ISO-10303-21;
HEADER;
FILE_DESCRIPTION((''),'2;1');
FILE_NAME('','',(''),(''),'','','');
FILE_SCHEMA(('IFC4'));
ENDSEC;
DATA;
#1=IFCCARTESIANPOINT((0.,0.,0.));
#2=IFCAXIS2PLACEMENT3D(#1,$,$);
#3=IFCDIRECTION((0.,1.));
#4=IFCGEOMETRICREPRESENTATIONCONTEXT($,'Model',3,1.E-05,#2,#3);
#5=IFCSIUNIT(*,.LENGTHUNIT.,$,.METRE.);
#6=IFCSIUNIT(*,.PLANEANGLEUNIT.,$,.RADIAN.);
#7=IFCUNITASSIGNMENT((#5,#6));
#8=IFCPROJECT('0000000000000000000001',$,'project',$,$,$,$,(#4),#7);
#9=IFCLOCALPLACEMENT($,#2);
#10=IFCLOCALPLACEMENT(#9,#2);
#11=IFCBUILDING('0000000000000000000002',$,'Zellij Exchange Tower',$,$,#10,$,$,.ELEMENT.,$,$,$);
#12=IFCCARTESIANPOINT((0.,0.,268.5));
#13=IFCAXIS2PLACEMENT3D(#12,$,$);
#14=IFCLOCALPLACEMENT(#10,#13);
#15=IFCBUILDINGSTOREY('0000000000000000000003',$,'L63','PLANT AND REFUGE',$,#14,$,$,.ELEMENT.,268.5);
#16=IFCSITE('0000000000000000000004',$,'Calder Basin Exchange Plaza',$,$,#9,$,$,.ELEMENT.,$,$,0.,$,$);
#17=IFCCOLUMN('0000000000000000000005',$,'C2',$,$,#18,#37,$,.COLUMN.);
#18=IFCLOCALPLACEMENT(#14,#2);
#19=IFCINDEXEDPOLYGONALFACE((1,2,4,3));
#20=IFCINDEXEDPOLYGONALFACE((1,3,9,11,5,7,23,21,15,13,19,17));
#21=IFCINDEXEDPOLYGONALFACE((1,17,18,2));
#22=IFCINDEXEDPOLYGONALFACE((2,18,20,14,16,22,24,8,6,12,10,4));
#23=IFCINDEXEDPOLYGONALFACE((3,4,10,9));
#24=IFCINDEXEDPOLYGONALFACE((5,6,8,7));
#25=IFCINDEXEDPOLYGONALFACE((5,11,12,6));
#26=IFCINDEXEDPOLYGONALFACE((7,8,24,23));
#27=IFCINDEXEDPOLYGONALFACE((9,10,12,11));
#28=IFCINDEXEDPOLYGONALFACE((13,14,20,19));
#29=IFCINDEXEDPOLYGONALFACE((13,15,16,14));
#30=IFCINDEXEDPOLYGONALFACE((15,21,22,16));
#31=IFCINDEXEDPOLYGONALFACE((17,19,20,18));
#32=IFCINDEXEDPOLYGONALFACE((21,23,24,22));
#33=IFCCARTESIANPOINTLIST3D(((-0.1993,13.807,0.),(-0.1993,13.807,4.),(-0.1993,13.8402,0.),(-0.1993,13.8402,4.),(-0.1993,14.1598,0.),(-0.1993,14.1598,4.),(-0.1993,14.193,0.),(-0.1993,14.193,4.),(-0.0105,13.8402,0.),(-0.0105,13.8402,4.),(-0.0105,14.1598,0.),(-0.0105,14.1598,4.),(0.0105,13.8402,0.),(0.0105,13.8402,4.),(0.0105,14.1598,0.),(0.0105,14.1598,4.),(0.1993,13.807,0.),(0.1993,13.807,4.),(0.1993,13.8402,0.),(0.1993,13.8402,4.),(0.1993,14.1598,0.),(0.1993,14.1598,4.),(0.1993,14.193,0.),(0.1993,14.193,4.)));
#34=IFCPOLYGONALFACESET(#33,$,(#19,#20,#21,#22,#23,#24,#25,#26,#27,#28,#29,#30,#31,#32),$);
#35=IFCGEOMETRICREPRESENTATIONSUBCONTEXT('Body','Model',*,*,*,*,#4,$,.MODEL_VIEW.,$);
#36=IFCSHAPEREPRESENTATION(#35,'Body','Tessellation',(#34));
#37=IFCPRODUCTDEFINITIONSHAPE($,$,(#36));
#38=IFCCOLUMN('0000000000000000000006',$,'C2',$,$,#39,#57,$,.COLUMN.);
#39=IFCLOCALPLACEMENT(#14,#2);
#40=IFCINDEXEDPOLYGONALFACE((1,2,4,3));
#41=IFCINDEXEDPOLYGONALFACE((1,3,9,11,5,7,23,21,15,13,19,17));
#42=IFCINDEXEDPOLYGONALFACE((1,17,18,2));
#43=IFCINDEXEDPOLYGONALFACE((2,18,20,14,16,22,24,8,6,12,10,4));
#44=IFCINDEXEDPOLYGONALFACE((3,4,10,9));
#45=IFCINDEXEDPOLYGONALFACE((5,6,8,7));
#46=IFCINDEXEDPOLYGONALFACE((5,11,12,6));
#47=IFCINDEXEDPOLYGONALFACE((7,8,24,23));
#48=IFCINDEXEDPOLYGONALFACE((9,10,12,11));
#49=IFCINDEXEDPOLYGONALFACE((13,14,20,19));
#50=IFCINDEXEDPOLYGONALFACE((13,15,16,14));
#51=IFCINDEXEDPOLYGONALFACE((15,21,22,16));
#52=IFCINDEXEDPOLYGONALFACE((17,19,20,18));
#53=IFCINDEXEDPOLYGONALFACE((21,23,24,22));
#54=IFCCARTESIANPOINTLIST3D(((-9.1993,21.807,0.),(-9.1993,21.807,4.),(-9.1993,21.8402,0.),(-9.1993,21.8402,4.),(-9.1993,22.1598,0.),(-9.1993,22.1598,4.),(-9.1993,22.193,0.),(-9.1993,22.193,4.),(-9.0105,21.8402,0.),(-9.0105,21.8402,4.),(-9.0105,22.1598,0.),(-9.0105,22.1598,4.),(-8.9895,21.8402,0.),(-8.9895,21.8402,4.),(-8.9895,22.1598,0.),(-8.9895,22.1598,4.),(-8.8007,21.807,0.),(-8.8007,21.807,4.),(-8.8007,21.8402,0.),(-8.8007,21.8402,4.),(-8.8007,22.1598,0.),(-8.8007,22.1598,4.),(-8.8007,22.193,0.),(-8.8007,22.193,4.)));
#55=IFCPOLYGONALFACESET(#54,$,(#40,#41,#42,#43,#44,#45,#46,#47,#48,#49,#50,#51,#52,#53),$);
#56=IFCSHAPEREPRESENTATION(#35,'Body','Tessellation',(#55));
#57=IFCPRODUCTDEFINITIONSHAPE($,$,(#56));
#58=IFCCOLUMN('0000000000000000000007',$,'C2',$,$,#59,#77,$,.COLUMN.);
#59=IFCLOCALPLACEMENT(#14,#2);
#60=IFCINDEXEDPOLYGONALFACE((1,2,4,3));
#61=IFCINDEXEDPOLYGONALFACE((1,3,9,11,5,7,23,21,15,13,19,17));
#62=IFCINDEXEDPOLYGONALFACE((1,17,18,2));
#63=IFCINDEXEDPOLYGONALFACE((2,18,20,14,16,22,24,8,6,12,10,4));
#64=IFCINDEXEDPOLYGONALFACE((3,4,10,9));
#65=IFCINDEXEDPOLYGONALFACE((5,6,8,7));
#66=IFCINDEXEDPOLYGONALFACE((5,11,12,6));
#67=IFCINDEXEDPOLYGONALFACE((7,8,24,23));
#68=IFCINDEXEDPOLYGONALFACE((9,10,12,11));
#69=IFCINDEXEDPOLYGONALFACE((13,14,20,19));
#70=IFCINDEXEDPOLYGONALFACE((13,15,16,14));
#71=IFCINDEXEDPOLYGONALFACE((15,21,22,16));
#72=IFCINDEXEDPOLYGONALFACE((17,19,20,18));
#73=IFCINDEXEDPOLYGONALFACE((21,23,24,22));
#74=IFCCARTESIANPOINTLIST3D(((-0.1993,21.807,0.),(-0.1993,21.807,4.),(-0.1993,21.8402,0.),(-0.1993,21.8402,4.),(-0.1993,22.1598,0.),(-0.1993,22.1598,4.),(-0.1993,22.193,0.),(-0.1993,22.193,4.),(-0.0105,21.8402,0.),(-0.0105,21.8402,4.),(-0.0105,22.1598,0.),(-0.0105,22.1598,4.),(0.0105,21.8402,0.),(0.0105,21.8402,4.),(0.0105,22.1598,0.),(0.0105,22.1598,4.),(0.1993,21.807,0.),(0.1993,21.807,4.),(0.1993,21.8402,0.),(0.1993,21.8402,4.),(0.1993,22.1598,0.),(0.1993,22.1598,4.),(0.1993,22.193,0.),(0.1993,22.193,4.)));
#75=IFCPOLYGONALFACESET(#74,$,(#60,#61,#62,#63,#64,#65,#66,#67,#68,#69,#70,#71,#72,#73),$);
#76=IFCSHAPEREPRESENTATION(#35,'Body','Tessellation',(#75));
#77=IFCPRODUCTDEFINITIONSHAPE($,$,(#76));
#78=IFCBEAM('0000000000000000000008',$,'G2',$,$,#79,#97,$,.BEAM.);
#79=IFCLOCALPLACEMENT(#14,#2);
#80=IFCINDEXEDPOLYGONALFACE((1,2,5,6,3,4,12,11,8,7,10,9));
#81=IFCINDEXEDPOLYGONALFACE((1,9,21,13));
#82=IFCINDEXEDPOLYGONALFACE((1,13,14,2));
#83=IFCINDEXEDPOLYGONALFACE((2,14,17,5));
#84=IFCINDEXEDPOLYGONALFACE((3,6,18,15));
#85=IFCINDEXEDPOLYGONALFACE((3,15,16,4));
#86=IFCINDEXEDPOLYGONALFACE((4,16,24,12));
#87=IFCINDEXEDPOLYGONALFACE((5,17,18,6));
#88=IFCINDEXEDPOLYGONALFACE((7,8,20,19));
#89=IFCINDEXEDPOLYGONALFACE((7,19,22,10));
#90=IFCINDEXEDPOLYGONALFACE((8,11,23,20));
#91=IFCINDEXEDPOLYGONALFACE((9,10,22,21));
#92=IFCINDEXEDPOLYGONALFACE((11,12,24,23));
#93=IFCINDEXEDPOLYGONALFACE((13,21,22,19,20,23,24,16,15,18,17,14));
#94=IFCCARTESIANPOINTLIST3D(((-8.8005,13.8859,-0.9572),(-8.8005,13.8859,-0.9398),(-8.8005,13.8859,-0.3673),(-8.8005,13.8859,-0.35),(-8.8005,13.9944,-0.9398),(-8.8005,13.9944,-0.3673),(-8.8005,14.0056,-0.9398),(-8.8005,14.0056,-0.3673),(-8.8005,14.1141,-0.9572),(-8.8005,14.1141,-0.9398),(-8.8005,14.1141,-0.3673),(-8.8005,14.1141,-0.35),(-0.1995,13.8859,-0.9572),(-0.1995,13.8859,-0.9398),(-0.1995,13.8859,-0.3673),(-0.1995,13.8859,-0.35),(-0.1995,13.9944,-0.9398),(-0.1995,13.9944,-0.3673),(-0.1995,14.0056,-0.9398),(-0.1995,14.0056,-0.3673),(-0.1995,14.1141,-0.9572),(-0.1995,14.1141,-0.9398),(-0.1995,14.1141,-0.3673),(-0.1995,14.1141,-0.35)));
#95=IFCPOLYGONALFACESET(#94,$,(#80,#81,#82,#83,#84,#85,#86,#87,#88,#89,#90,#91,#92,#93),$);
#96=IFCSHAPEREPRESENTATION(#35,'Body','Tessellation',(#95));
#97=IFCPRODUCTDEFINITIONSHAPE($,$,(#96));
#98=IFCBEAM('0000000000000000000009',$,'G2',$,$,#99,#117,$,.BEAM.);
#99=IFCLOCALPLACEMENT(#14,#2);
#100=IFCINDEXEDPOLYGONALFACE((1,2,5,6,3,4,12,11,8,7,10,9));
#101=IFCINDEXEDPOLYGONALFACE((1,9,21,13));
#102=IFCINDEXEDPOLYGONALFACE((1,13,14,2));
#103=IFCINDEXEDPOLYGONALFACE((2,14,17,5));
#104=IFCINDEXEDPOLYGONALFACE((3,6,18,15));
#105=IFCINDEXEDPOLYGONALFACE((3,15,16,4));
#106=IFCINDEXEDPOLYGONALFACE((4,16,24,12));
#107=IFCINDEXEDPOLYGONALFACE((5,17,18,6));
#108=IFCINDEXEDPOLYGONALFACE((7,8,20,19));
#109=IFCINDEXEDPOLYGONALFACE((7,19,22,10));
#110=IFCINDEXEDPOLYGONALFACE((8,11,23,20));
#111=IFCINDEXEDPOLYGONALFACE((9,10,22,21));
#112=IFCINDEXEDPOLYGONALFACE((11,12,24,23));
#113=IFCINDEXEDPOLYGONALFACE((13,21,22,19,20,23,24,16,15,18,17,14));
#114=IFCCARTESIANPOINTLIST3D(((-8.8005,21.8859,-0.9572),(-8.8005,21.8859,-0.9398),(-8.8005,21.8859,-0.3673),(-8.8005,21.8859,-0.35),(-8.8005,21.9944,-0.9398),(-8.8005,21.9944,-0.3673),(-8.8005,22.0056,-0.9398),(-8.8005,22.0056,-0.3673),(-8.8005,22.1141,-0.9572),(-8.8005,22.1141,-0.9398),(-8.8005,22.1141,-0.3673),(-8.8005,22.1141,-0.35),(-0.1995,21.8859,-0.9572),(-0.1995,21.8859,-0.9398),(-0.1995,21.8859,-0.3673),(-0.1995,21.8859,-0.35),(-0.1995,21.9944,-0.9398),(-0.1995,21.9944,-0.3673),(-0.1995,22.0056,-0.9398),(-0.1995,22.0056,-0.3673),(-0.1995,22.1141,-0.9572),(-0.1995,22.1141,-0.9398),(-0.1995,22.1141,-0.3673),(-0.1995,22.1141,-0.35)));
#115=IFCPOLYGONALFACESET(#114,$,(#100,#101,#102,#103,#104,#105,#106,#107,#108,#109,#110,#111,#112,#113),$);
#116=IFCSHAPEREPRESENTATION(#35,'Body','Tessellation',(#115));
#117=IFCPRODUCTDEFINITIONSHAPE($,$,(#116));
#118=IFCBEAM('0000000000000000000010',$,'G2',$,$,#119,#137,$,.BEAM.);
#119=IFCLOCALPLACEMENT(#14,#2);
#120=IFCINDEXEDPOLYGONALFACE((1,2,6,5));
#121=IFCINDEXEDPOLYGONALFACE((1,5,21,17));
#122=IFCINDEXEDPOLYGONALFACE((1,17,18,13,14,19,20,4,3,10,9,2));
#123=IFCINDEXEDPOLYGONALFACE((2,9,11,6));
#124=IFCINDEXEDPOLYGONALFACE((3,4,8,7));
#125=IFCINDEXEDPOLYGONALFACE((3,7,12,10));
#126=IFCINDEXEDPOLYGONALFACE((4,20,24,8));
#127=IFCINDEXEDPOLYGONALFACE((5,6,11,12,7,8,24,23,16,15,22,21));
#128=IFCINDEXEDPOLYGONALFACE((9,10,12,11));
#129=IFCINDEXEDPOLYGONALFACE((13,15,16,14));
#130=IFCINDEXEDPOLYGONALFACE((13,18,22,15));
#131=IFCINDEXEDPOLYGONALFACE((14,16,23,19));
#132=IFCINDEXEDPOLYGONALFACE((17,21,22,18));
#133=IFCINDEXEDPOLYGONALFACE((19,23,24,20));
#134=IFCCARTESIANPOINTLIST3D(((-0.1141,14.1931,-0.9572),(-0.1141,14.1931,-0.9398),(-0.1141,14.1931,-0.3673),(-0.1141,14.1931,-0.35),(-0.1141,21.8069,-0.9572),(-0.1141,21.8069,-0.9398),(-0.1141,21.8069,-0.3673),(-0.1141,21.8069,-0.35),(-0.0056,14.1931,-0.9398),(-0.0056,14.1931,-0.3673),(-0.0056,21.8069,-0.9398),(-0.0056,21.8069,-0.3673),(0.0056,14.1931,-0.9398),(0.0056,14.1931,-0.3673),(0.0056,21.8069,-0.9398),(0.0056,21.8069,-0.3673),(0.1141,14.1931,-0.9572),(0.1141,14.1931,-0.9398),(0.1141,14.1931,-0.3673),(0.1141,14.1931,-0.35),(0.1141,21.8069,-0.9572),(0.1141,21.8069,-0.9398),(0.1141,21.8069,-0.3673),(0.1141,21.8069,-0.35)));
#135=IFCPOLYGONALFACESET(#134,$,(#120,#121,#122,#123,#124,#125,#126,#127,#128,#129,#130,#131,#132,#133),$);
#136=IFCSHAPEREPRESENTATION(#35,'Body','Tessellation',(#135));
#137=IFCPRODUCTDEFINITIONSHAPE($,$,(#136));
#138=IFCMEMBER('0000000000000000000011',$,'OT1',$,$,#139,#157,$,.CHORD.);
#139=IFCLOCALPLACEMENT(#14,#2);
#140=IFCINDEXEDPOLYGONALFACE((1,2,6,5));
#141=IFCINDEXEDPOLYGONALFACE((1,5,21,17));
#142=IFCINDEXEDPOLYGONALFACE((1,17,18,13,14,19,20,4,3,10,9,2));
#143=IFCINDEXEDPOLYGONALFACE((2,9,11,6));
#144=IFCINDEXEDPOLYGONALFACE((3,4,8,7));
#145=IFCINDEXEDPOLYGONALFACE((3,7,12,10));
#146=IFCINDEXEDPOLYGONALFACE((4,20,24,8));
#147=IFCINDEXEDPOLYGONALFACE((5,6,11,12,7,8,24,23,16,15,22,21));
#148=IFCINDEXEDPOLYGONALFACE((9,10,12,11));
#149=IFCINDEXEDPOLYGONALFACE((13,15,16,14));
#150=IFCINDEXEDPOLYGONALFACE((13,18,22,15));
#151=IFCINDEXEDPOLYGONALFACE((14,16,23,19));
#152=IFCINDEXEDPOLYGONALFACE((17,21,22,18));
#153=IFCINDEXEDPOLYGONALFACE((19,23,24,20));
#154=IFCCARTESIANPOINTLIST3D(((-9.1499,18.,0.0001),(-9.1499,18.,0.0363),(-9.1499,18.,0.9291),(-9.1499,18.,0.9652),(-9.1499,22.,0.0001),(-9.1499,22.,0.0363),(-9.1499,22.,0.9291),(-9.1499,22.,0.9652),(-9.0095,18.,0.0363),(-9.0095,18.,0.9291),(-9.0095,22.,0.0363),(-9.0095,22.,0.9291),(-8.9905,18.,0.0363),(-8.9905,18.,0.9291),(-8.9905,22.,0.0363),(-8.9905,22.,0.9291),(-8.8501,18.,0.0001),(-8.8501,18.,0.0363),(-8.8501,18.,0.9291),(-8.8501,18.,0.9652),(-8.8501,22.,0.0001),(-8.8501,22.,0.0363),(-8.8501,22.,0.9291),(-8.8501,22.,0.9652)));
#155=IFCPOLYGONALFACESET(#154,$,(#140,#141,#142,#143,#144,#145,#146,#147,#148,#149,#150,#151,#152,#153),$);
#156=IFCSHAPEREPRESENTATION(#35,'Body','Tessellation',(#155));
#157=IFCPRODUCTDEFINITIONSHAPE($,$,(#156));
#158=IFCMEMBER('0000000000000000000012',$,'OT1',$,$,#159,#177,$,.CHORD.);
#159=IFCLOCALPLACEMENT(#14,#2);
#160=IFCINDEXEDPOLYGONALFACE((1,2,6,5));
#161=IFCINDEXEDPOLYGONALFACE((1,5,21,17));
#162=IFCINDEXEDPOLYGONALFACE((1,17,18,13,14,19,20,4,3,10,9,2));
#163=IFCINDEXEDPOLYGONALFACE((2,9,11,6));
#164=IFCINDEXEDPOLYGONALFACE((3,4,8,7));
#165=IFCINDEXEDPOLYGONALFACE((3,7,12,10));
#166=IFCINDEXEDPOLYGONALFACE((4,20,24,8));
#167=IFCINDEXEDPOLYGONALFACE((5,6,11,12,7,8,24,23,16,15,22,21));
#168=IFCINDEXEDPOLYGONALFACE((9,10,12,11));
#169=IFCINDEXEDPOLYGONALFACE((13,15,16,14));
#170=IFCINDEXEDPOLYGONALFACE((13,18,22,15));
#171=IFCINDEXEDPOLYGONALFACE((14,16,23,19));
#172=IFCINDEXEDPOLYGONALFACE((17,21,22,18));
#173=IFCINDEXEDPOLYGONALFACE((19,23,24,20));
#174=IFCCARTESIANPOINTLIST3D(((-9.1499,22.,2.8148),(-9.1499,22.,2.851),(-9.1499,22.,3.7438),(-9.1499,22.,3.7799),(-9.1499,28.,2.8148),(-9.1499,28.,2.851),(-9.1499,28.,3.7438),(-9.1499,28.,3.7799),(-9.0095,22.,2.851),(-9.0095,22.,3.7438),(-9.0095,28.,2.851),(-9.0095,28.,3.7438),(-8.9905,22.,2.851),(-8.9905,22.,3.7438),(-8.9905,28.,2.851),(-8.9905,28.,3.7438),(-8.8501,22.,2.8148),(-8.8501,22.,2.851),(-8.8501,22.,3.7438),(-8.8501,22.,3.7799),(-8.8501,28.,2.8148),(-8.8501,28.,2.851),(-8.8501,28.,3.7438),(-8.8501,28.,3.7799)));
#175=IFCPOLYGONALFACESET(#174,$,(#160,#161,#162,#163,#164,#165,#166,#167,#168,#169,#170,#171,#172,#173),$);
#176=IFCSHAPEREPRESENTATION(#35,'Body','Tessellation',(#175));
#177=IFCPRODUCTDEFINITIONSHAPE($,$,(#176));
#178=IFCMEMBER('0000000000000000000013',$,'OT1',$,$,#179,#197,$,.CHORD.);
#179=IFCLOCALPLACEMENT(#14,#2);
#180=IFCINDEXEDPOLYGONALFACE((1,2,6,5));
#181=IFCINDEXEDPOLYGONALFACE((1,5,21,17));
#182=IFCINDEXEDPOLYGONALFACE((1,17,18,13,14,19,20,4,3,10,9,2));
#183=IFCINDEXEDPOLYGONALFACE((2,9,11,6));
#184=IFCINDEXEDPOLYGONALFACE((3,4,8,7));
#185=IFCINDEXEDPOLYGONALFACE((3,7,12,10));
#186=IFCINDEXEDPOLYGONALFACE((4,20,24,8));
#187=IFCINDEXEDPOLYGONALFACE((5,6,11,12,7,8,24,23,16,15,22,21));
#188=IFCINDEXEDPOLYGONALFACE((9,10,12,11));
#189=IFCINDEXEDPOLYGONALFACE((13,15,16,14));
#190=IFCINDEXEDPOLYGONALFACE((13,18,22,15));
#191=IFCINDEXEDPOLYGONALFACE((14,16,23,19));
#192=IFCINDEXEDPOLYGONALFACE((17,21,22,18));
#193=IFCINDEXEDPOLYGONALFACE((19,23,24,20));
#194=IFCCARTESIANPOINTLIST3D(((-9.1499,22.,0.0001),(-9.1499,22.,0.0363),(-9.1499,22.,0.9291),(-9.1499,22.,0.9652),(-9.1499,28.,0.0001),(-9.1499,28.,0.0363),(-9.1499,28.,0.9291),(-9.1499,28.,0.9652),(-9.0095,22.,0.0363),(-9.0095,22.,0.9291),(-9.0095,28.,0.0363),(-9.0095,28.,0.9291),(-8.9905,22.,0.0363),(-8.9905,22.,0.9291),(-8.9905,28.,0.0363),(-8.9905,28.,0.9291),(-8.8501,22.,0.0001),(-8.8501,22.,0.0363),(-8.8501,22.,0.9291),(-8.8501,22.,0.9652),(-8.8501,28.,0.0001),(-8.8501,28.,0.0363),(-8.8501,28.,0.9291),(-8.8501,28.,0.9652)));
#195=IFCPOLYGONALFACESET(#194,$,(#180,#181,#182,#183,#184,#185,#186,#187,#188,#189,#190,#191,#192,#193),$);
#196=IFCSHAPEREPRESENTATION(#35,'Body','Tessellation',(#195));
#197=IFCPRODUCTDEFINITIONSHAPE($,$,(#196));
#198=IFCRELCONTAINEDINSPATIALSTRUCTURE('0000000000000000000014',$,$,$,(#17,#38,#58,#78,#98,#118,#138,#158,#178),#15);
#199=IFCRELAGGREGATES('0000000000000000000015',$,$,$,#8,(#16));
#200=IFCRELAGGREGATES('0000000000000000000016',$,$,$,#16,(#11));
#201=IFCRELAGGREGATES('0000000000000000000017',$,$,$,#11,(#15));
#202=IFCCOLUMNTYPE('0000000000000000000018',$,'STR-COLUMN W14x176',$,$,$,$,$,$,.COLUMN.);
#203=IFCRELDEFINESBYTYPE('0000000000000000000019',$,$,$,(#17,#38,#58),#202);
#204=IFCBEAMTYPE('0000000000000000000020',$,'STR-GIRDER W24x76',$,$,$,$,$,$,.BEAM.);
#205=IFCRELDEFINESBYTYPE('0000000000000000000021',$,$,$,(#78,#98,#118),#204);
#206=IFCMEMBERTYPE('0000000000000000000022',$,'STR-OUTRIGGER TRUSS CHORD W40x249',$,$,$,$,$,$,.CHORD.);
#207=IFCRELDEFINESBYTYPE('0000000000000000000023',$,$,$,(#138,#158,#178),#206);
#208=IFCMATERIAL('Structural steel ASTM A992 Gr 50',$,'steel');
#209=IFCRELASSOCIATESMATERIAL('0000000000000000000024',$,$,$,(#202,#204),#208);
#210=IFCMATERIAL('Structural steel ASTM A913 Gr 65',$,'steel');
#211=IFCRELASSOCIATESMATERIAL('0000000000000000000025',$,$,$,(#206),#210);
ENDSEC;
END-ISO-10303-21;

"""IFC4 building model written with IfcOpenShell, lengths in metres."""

from ifc_helpers import new_model, si_unit, direction, frame, origin, origin_2d, place, context, subcontext, project, spatial, i_section, extrude, material, material_profile, profile_set, type_object, element, save


model = new_model("IFC4")

# Units and contexts
model_context = context("Model", 3, precision=1e-05, world=origin(), true_north=direction((0.0, 1.0)))
body_context = subcontext(model_context, "Body", "Model", "MODEL_VIEW")
ifc_project = project(units=[si_unit("LENGTHUNIT", "METRE"), si_unit("PLANEANGLEUNIT", "RADIAN")], contexts=[model_context])

# Site, building, storey
site_placement = place(None, origin())
site = spatial("IfcSite", under=ifc_project, at=site_placement, Name="Calder Basin Exchange Plaza", CompositionType="ELEMENT", RefElevation=0.0)
building_placement = place(site_placement, origin())
building = spatial("IfcBuilding", under=site, at=building_placement, Name="Zellij Exchange Tower", CompositionType="ELEMENT")
storey_placement = place(building_placement, frame((0.0, 0.0, 268.5)))
storey = spatial("IfcBuildingStorey", under=building, at=storey_placement, Name="L63", Description="PLANT AND REFUGE", CompositionType="ELEMENT", Elevation=268.5)

# Columns
ifc_material_1 = material(Name="Structural steel ASTM A992 Gr 50", Category="steel")
ifc_material_profile_1 = material_profile(ifc_material_1, i_section(OverallWidth=0.3987, OverallDepth=0.386, WebThickness=0.021, FlangeThickness=0.0332, at=origin_2d()), Name="W14x176")
ifc_profile_set_1 = profile_set([ifc_material_profile_1], Name="Structural steel ASTM A992 Gr 50")
column_type = type_object("IfcColumnType", Name="STR-COLUMN W14x176", PredefinedType="COLUMN", material=ifc_profile_set_1)
for number, where, z_axis, x_axis, name in (
    (1, (0.0, 14.0, 0.0), (0.0, 0.0, 1.0), (1.0, 0.0, 0.0), "C2"),
    (2, (-9.0, 22.0, 0.0), (0.0, 0.0, 1.0), (1.0, 0.0, 0.0), "C2"),
    (3, (0.0, 22.0, 0.0), (0.0, 0.0, 1.0), (1.0, 0.0, 0.0), "C2"),
):
    element("IfcColumn", number, at=place(storey_placement, frame(where, z_axis=z_axis, x_axis=x_axis)), inside=storey, type_object=column_type, Name=name, PredefinedType="COLUMN", context=body_context, shape_type="SweptSolid", body=[
        extrude(i_section(OverallWidth=0.3987, OverallDepth=0.386, WebThickness=0.021, FlangeThickness=0.0332, at=origin_2d()), origin(), (0.0, 0.0, 1.0), 4.0),
    ])

# Beams
ifc_material_profile_2 = material_profile(ifc_material_1, i_section(OverallWidth=0.2283, OverallDepth=0.6072, WebThickness=0.0112, FlangeThickness=0.0173, at=origin_2d()), Name="W24x76")
ifc_profile_set_2 = profile_set([ifc_material_profile_2], Name="Structural steel ASTM A992 Gr 50")
beam_type = type_object("IfcBeamType", Name="STR-GIRDER W24x76", PredefinedType="BEAM", material=ifc_profile_set_2)
for number, where, z_axis, x_axis, name in (
    (4, (-8.8005, 14.0, -0.6536), (1.0, 0.0, 0.0), (0.0, 1.0, 0.0), "G2"),
    (5, (-8.8005, 22.0, -0.6536), (1.0, 0.0, 0.0), (0.0, 1.0, 0.0), "G2"),
):
    element("IfcBeam", number, at=place(storey_placement, frame(where, z_axis=z_axis, x_axis=x_axis)), inside=storey, type_object=beam_type, Name=name, PredefinedType="BEAM", context=body_context, shape_type="SweptSolid", body=[
        extrude(i_section(OverallWidth=0.2283, OverallDepth=0.6072, WebThickness=0.0112, FlangeThickness=0.0173, at=origin_2d()), origin(), (0.0, 0.0, 1.0), 8.6011),
    ])
beam_placement = place(storey_placement, frame((0.0, 14.1931, -0.6536), z_axis=(0.0, 1.0, 0.0), x_axis=(-1.0, 0.0, 0.0)))
element("IfcBeam", 6, at=beam_placement, inside=storey, type_object=beam_type, Name="G2", PredefinedType="BEAM", context=body_context, shape_type="SweptSolid", body=[
    extrude(i_section(OverallWidth=0.2283, OverallDepth=0.6072, WebThickness=0.0112, FlangeThickness=0.0173, at=origin_2d()), origin(), (0.0, 0.0, 1.0), 7.6138),
])

# Members
ifc_material_2 = material(Name="Structural steel ASTM A913 Gr 65", Category="steel")
ifc_material_profile_3 = material_profile(ifc_material_2, i_section(OverallWidth=0.2998, OverallDepth=0.9651, WebThickness=0.019, FlangeThickness=0.0361, at=origin_2d()), Name="W40x249")
ifc_profile_set_3 = profile_set([ifc_material_profile_3], Name="Structural steel ASTM A913 Gr 65")
member_type_1 = type_object("IfcMemberType", Name="STR-OUTRIGGER TRUSS CHORD W40x249", PredefinedType="CHORD", material=ifc_profile_set_3)
member_1_placement = place(storey_placement, frame((-9.0, 18.0, 0.4827), z_axis=(0.0, 1.0, 0.0), x_axis=(-1.0, 0.0, 0.0)))
element("IfcMember", 7, at=member_1_placement, inside=storey, type_object=member_type_1, Name="OT1", PredefinedType="CHORD", context=body_context, shape_type="SweptSolid", body=[
    extrude(i_section(OverallWidth=0.2998, OverallDepth=0.9651, WebThickness=0.019, FlangeThickness=0.0361, at=origin_2d()), origin(), (0.0, 0.0, 1.0), 4.0),
])
for number, where, z_axis, x_axis, name in (
    (8, (-9.0, 22.0, 3.2974), (0.0, 1.0, 0.0), (-1.0, 0.0, 0.0), "OT1"),
    (9, (-9.0, 22.0, 0.4827), (0.0, 1.0, 0.0), (-1.0, 0.0, 0.0), "OT1"),
):
    element("IfcMember", number, at=place(storey_placement, frame(where, z_axis=z_axis, x_axis=x_axis)), inside=storey, type_object=member_type_1, Name=name, PredefinedType="CHORD", context=body_context, shape_type="SweptSolid", body=[
        extrude(i_section(OverallWidth=0.2998, OverallDepth=0.9651, WebThickness=0.019, FlangeThickness=0.0361, at=origin_2d()), origin(), (0.0, 0.0, 1.0), 6.0),
    ])

save(model, "model.ifc")
